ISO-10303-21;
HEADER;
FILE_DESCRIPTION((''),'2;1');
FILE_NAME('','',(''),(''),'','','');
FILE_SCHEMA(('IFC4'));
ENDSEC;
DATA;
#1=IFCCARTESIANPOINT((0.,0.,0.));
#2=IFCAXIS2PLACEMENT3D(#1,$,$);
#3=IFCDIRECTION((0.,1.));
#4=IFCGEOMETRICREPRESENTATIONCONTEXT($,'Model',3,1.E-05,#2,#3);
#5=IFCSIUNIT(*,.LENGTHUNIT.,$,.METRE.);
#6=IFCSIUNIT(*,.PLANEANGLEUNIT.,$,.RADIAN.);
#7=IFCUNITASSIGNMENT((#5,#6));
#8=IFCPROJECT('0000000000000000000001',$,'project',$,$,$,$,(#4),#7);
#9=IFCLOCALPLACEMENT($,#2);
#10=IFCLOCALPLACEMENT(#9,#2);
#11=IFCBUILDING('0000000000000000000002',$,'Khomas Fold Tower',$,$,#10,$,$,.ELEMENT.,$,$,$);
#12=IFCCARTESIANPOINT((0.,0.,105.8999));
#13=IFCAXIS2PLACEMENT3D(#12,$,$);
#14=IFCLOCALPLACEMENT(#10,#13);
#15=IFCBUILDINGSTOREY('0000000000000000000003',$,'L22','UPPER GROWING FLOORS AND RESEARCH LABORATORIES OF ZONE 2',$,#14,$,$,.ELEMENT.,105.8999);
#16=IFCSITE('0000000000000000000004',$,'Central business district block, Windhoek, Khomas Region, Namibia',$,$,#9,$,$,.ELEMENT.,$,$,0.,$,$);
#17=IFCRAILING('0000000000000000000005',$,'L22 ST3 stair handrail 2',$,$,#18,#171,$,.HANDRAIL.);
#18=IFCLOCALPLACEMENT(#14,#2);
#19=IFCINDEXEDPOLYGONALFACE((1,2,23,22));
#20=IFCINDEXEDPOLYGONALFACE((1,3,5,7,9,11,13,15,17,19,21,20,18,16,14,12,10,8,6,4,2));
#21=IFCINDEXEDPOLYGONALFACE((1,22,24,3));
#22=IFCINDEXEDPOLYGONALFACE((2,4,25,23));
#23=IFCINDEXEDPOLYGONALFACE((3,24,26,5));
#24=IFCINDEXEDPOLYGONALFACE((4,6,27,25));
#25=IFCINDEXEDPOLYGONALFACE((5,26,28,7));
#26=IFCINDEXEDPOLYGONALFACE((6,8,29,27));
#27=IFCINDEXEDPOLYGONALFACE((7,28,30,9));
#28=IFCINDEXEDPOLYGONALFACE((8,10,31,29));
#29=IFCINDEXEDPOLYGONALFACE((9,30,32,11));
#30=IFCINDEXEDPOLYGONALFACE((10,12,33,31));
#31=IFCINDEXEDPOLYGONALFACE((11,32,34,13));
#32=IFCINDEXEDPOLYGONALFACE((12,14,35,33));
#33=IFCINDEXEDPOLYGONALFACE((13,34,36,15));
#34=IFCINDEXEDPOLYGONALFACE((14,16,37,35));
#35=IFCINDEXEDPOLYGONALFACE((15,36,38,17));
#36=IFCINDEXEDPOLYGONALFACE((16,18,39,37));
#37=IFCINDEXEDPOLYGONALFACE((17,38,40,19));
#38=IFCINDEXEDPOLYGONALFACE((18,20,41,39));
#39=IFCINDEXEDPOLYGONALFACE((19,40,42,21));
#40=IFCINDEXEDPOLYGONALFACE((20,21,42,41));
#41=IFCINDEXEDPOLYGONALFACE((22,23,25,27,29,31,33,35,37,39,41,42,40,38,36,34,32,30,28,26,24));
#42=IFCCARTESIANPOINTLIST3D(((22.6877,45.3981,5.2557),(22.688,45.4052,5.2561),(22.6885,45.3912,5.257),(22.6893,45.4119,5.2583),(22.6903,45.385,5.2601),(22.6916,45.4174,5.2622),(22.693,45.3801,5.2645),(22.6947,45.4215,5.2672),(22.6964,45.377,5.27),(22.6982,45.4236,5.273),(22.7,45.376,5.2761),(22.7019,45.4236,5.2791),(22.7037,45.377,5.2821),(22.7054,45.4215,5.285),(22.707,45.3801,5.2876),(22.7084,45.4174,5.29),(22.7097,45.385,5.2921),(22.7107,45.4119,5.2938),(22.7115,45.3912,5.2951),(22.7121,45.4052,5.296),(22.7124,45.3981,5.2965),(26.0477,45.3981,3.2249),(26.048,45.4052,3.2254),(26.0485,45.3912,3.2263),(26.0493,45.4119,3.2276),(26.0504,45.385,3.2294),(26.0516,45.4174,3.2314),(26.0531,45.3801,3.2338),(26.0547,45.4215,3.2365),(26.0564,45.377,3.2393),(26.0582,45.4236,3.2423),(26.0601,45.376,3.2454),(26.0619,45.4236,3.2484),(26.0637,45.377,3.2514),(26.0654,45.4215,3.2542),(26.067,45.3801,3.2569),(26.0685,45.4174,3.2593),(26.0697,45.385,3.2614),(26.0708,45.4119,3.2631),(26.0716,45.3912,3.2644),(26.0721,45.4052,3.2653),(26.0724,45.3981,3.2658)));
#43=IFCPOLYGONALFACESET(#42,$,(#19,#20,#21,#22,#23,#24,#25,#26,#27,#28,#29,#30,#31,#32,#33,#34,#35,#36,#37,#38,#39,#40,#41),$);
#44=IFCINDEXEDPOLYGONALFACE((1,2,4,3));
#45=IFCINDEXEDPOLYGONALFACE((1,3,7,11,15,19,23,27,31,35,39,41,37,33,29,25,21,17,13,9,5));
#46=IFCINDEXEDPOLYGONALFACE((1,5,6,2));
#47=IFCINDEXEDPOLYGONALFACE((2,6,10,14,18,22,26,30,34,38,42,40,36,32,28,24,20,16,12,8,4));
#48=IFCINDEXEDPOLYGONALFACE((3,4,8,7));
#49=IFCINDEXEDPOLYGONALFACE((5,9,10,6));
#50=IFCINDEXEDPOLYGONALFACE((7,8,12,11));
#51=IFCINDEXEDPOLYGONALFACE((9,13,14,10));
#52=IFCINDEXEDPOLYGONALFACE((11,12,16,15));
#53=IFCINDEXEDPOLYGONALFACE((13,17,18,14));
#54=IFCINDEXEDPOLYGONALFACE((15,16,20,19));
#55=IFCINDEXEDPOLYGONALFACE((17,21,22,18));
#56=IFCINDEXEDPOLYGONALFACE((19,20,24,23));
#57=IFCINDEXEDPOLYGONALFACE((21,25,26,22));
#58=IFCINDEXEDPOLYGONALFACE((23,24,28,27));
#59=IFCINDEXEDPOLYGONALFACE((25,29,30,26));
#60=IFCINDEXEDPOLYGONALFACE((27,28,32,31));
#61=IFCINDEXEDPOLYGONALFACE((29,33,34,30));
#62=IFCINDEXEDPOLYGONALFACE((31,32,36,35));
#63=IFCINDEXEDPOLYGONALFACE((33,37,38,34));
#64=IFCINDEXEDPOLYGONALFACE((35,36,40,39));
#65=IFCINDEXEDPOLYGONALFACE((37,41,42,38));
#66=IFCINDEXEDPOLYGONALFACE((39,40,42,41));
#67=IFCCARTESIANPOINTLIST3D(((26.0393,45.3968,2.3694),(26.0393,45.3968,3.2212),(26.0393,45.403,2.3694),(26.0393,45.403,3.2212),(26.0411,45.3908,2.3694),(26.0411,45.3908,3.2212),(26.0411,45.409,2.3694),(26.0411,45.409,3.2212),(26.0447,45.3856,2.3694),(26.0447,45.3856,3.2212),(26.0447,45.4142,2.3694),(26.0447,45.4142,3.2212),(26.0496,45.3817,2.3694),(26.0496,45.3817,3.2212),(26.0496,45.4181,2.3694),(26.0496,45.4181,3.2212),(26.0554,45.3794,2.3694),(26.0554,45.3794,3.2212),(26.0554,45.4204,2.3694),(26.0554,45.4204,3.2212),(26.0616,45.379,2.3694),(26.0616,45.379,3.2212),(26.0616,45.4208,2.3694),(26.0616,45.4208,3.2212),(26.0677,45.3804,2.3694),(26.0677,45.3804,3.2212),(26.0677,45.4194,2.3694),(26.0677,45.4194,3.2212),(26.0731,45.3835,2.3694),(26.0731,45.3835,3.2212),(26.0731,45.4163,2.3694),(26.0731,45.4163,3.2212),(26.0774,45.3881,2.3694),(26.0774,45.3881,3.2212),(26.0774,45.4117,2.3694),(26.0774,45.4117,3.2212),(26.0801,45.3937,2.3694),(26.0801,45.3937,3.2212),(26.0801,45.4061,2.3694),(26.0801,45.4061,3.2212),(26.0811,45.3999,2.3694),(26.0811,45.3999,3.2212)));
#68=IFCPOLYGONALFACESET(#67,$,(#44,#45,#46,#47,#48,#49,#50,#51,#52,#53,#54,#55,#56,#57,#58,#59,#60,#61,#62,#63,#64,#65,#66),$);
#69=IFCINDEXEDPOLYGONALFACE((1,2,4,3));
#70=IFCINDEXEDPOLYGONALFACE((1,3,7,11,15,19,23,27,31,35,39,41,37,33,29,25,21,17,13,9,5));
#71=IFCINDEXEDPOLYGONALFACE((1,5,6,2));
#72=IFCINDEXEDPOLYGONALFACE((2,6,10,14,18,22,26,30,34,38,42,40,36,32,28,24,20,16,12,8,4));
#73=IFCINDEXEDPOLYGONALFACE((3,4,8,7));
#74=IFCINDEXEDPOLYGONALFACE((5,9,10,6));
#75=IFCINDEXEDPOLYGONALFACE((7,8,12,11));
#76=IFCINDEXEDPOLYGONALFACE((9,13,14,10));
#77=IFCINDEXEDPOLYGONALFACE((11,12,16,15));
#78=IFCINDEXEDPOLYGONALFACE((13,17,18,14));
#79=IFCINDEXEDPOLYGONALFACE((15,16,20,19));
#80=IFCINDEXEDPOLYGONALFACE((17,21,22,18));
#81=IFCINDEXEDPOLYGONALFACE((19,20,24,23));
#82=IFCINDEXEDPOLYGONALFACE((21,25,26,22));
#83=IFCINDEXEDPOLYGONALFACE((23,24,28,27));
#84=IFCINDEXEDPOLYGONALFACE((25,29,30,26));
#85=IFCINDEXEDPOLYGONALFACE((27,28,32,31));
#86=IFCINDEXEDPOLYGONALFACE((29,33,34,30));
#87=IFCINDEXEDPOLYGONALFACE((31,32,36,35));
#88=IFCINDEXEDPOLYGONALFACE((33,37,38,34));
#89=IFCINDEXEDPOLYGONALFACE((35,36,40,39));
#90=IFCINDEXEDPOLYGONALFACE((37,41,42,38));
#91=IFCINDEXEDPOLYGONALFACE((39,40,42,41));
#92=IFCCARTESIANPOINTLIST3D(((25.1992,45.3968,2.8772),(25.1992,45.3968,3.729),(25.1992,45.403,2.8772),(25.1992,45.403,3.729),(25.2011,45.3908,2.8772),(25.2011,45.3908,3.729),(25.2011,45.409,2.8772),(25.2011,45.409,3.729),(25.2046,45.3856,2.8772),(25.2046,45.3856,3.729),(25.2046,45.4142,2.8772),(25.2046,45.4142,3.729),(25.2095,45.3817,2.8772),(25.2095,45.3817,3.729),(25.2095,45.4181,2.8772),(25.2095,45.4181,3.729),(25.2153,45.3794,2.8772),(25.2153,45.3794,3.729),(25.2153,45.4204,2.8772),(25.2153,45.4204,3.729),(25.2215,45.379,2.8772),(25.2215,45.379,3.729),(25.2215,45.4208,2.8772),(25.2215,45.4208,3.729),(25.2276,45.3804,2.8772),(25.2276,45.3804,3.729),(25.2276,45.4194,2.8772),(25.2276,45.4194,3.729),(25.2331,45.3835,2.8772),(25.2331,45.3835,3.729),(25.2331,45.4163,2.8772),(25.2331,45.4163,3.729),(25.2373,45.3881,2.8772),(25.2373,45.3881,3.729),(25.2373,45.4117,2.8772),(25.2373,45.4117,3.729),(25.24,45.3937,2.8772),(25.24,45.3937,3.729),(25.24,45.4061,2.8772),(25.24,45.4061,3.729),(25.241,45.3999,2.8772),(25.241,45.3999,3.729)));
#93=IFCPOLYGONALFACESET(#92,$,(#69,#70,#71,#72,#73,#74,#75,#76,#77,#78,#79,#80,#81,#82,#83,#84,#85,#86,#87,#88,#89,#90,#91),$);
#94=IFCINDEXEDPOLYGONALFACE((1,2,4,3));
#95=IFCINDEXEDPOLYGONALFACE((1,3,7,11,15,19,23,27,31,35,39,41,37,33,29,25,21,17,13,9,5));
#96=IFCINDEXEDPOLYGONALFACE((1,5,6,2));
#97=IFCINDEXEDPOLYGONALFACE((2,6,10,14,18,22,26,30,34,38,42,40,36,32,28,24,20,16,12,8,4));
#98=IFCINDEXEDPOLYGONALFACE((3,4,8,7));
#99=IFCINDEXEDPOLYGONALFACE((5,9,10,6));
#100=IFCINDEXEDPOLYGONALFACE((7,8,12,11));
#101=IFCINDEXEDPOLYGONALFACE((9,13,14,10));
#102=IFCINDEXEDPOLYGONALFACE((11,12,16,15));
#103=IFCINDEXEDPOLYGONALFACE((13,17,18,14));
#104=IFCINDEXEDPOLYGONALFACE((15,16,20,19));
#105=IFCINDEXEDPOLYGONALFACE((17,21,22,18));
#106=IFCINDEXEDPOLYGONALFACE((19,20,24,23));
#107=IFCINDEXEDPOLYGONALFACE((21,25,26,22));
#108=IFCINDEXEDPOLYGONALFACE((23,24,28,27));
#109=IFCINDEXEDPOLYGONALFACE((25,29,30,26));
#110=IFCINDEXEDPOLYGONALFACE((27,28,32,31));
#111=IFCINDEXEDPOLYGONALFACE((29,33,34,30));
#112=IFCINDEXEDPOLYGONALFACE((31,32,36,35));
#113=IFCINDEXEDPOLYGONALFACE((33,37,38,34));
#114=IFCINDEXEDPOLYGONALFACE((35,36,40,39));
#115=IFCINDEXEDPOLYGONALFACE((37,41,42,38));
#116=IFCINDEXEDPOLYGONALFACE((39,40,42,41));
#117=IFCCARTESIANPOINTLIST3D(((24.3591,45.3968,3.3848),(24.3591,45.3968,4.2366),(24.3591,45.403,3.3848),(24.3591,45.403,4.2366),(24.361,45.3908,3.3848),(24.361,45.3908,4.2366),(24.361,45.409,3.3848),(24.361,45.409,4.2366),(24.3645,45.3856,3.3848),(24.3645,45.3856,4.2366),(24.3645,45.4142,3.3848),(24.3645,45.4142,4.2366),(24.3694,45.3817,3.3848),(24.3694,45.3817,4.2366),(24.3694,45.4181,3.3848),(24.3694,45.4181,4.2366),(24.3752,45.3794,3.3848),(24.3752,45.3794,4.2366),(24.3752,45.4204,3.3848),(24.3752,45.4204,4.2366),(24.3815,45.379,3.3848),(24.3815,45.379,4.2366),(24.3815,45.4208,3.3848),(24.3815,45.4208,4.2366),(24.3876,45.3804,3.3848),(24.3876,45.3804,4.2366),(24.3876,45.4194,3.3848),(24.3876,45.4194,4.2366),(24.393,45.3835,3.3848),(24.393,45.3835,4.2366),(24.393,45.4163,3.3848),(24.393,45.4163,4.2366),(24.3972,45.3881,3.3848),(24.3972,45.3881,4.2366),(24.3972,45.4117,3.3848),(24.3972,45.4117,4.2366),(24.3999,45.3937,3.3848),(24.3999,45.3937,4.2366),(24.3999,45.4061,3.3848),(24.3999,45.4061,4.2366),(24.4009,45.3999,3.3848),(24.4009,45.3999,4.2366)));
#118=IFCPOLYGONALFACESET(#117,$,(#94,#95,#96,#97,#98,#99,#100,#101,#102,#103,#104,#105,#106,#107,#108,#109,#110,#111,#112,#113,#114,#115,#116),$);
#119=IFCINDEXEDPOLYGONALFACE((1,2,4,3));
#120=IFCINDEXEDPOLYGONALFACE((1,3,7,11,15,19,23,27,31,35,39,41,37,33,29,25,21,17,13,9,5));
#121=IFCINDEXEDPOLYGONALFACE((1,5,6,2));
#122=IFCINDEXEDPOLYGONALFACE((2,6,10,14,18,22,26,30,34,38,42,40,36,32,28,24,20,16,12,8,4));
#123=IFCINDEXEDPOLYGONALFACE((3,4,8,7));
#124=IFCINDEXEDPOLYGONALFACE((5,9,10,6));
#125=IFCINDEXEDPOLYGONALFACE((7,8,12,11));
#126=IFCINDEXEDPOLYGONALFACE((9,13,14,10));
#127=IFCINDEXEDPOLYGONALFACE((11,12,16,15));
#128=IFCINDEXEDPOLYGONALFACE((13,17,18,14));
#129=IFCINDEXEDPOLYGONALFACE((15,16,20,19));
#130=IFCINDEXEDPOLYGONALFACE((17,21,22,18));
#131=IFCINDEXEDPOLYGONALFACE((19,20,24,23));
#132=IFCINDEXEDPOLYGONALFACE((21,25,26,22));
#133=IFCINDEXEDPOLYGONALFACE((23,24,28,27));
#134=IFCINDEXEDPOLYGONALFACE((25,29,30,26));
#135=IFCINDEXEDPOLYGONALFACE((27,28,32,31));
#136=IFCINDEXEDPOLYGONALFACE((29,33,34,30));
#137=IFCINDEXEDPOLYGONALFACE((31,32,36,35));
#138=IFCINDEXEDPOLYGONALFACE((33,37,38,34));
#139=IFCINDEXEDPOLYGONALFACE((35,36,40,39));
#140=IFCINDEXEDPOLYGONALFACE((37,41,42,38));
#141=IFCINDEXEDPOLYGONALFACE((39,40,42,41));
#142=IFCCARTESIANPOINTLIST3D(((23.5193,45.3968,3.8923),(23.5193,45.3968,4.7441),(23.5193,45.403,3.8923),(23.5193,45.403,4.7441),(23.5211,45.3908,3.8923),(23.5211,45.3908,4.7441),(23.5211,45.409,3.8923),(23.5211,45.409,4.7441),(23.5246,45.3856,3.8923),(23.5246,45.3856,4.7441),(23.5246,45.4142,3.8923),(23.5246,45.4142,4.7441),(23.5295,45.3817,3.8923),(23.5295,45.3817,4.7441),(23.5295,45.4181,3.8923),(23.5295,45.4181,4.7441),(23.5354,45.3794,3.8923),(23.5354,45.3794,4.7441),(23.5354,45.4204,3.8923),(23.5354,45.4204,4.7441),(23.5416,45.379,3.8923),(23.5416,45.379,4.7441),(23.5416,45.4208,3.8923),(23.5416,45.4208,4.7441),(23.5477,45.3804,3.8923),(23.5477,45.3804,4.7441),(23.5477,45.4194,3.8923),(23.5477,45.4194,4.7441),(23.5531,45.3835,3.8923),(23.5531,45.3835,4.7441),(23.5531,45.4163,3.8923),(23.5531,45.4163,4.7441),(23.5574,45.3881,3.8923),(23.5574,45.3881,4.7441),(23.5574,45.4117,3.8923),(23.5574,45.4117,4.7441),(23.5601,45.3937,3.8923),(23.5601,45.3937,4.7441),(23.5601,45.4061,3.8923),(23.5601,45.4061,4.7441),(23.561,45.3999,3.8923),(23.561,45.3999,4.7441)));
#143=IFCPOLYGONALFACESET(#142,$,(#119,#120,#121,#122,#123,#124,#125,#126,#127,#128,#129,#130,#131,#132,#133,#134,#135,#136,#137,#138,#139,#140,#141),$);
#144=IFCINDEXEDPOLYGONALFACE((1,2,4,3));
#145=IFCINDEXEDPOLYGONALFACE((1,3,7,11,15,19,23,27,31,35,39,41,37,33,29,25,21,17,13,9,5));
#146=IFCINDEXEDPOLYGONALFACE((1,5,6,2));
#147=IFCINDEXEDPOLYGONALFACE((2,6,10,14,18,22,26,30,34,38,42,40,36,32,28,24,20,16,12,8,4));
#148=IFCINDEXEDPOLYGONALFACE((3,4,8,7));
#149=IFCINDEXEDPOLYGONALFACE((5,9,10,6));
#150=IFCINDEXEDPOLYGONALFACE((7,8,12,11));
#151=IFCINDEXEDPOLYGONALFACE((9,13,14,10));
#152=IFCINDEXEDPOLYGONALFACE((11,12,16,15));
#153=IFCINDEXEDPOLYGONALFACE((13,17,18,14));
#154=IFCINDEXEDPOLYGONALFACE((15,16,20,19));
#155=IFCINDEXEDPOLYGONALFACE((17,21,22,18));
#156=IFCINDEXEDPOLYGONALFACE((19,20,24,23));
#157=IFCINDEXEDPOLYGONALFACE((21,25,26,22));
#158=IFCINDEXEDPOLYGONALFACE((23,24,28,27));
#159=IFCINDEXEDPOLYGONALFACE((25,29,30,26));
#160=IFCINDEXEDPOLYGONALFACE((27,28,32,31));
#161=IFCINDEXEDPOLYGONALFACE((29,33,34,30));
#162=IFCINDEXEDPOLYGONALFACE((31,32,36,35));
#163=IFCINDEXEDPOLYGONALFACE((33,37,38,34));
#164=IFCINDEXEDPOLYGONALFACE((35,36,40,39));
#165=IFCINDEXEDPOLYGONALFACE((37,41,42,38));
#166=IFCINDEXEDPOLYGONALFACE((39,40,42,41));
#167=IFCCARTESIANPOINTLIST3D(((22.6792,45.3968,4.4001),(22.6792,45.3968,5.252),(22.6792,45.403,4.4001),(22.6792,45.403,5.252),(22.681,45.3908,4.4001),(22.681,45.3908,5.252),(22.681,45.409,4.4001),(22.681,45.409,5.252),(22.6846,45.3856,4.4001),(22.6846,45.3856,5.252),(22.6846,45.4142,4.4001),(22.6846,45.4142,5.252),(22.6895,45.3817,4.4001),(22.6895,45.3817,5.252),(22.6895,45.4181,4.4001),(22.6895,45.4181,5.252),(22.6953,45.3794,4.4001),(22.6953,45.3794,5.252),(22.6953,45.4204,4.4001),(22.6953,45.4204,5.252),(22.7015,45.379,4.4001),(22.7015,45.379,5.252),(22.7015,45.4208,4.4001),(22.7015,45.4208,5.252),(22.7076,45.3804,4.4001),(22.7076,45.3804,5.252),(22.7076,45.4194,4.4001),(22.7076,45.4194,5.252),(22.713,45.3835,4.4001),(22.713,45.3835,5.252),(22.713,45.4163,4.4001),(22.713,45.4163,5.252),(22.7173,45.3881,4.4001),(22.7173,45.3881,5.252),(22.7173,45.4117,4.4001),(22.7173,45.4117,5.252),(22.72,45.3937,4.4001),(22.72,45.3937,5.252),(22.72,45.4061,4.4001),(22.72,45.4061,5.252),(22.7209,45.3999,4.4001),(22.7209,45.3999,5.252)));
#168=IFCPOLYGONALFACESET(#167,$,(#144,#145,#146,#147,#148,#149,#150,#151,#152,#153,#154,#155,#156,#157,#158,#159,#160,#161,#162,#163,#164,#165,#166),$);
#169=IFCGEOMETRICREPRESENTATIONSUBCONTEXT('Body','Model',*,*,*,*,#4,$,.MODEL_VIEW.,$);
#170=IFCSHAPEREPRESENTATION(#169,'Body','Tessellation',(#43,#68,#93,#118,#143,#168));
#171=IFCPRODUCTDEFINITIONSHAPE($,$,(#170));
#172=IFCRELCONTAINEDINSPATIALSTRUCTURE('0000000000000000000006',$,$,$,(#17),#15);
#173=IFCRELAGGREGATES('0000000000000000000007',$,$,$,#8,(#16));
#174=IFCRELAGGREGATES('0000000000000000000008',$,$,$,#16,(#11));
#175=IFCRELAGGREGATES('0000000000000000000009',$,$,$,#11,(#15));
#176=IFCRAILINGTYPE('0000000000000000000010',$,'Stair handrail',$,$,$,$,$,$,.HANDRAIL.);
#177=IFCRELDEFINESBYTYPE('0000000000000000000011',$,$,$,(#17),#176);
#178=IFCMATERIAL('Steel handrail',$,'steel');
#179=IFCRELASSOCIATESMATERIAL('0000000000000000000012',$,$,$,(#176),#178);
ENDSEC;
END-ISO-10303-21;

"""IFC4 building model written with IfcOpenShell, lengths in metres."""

from ifc_helpers import new_model, si_unit, direction, frame, origin, origin_2d, place, context, subcontext, project, spatial, circle, extrude, source, transform, mapped, material, type_object, element, save


model = new_model("IFC4")

# Units and contexts
model_context = context("Model", 3, precision=1e-05, world=origin(), true_north=direction((0.0, 1.0)))
body_context = subcontext(model_context, "Body", "Model", "MODEL_VIEW")
ifc_project = project(units=[si_unit("LENGTHUNIT", "METRE"), si_unit("PLANEANGLEUNIT", "RADIAN")], contexts=[model_context])

# Site, building, storey
site_placement = place(None, origin())
site = spatial("IfcSite", under=ifc_project, at=site_placement, Name="Central business district block, Windhoek, Khomas Region, Namibia", CompositionType="ELEMENT", RefElevation=0.0)
building_placement = place(site_placement, origin())
building = spatial("IfcBuilding", under=site, at=building_placement, Name="Khomas Fold Tower", CompositionType="ELEMENT")
storey_placement = place(building_placement, frame((0.0, 0.0, 105.8999)))
storey = spatial("IfcBuildingStorey", under=building, at=storey_placement, Name="L22", Description="UPPER GROWING FLOORS AND RESEARCH LABORATORIES OF ZONE 2", CompositionType="ELEMENT", Elevation=105.8999)

# Railing
ifc_material_1 = material(Name="Steel handrail", Category="steel")
railing_type_1 = type_object("IfcRailingType", Name="Stair handrail", PredefinedType="HANDRAIL", material=ifc_material_1)
shared_shape_1 = source(origin(), body_context, "Body", "SweptSolid", [
    extrude(circle(Radius=0.0239, at=origin_2d()), frame((0.0, 0.0, 0.876), z_axis=(-0.855837, 0.0, 0.517246), x_axis=(0.0, -1.0, 0.0)), (0.0, 0.0, 1.0), 3.926),
    extrude(circle(Radius=0.021, at=origin_2d()), origin(), (0.0, 0.0, 1.0), 0.8518),
    extrude(circle(Radius=0.021, at=origin_2d()), frame((-0.8401, 0.0, 0.5078)), (0.0, 0.0, 1.0), 0.8518),
    extrude(circle(Radius=0.021, at=origin_2d()), frame((-1.6802, 0.0, 1.0154)), (0.0, 0.0, 1.0), 0.8518),
    extrude(circle(Radius=0.021, at=origin_2d()), frame((-2.52, 0.0, 1.5229)), (0.0, 0.0, 1.0), 0.8518),
    extrude(circle(Radius=0.021, at=origin_2d()), frame((-3.3601, 0.0, 2.0308)), (0.0, 0.0, 1.0), 0.8518),
])
railing_1_placement = place(storey_placement, frame((26.0601, 45.3999, 2.3694)))
element("IfcRailing", 1, at=railing_1_placement, inside=storey, type_object=railing_type_1, Name="L22 ST3 stair handrail 2", PredefinedType="HANDRAIL", context=body_context, shape_type="MappedRepresentation", body=[
    mapped(shared_shape_1, transform((0.0, 0.0, 0.0))),
])

save(model, "model.ifc")
